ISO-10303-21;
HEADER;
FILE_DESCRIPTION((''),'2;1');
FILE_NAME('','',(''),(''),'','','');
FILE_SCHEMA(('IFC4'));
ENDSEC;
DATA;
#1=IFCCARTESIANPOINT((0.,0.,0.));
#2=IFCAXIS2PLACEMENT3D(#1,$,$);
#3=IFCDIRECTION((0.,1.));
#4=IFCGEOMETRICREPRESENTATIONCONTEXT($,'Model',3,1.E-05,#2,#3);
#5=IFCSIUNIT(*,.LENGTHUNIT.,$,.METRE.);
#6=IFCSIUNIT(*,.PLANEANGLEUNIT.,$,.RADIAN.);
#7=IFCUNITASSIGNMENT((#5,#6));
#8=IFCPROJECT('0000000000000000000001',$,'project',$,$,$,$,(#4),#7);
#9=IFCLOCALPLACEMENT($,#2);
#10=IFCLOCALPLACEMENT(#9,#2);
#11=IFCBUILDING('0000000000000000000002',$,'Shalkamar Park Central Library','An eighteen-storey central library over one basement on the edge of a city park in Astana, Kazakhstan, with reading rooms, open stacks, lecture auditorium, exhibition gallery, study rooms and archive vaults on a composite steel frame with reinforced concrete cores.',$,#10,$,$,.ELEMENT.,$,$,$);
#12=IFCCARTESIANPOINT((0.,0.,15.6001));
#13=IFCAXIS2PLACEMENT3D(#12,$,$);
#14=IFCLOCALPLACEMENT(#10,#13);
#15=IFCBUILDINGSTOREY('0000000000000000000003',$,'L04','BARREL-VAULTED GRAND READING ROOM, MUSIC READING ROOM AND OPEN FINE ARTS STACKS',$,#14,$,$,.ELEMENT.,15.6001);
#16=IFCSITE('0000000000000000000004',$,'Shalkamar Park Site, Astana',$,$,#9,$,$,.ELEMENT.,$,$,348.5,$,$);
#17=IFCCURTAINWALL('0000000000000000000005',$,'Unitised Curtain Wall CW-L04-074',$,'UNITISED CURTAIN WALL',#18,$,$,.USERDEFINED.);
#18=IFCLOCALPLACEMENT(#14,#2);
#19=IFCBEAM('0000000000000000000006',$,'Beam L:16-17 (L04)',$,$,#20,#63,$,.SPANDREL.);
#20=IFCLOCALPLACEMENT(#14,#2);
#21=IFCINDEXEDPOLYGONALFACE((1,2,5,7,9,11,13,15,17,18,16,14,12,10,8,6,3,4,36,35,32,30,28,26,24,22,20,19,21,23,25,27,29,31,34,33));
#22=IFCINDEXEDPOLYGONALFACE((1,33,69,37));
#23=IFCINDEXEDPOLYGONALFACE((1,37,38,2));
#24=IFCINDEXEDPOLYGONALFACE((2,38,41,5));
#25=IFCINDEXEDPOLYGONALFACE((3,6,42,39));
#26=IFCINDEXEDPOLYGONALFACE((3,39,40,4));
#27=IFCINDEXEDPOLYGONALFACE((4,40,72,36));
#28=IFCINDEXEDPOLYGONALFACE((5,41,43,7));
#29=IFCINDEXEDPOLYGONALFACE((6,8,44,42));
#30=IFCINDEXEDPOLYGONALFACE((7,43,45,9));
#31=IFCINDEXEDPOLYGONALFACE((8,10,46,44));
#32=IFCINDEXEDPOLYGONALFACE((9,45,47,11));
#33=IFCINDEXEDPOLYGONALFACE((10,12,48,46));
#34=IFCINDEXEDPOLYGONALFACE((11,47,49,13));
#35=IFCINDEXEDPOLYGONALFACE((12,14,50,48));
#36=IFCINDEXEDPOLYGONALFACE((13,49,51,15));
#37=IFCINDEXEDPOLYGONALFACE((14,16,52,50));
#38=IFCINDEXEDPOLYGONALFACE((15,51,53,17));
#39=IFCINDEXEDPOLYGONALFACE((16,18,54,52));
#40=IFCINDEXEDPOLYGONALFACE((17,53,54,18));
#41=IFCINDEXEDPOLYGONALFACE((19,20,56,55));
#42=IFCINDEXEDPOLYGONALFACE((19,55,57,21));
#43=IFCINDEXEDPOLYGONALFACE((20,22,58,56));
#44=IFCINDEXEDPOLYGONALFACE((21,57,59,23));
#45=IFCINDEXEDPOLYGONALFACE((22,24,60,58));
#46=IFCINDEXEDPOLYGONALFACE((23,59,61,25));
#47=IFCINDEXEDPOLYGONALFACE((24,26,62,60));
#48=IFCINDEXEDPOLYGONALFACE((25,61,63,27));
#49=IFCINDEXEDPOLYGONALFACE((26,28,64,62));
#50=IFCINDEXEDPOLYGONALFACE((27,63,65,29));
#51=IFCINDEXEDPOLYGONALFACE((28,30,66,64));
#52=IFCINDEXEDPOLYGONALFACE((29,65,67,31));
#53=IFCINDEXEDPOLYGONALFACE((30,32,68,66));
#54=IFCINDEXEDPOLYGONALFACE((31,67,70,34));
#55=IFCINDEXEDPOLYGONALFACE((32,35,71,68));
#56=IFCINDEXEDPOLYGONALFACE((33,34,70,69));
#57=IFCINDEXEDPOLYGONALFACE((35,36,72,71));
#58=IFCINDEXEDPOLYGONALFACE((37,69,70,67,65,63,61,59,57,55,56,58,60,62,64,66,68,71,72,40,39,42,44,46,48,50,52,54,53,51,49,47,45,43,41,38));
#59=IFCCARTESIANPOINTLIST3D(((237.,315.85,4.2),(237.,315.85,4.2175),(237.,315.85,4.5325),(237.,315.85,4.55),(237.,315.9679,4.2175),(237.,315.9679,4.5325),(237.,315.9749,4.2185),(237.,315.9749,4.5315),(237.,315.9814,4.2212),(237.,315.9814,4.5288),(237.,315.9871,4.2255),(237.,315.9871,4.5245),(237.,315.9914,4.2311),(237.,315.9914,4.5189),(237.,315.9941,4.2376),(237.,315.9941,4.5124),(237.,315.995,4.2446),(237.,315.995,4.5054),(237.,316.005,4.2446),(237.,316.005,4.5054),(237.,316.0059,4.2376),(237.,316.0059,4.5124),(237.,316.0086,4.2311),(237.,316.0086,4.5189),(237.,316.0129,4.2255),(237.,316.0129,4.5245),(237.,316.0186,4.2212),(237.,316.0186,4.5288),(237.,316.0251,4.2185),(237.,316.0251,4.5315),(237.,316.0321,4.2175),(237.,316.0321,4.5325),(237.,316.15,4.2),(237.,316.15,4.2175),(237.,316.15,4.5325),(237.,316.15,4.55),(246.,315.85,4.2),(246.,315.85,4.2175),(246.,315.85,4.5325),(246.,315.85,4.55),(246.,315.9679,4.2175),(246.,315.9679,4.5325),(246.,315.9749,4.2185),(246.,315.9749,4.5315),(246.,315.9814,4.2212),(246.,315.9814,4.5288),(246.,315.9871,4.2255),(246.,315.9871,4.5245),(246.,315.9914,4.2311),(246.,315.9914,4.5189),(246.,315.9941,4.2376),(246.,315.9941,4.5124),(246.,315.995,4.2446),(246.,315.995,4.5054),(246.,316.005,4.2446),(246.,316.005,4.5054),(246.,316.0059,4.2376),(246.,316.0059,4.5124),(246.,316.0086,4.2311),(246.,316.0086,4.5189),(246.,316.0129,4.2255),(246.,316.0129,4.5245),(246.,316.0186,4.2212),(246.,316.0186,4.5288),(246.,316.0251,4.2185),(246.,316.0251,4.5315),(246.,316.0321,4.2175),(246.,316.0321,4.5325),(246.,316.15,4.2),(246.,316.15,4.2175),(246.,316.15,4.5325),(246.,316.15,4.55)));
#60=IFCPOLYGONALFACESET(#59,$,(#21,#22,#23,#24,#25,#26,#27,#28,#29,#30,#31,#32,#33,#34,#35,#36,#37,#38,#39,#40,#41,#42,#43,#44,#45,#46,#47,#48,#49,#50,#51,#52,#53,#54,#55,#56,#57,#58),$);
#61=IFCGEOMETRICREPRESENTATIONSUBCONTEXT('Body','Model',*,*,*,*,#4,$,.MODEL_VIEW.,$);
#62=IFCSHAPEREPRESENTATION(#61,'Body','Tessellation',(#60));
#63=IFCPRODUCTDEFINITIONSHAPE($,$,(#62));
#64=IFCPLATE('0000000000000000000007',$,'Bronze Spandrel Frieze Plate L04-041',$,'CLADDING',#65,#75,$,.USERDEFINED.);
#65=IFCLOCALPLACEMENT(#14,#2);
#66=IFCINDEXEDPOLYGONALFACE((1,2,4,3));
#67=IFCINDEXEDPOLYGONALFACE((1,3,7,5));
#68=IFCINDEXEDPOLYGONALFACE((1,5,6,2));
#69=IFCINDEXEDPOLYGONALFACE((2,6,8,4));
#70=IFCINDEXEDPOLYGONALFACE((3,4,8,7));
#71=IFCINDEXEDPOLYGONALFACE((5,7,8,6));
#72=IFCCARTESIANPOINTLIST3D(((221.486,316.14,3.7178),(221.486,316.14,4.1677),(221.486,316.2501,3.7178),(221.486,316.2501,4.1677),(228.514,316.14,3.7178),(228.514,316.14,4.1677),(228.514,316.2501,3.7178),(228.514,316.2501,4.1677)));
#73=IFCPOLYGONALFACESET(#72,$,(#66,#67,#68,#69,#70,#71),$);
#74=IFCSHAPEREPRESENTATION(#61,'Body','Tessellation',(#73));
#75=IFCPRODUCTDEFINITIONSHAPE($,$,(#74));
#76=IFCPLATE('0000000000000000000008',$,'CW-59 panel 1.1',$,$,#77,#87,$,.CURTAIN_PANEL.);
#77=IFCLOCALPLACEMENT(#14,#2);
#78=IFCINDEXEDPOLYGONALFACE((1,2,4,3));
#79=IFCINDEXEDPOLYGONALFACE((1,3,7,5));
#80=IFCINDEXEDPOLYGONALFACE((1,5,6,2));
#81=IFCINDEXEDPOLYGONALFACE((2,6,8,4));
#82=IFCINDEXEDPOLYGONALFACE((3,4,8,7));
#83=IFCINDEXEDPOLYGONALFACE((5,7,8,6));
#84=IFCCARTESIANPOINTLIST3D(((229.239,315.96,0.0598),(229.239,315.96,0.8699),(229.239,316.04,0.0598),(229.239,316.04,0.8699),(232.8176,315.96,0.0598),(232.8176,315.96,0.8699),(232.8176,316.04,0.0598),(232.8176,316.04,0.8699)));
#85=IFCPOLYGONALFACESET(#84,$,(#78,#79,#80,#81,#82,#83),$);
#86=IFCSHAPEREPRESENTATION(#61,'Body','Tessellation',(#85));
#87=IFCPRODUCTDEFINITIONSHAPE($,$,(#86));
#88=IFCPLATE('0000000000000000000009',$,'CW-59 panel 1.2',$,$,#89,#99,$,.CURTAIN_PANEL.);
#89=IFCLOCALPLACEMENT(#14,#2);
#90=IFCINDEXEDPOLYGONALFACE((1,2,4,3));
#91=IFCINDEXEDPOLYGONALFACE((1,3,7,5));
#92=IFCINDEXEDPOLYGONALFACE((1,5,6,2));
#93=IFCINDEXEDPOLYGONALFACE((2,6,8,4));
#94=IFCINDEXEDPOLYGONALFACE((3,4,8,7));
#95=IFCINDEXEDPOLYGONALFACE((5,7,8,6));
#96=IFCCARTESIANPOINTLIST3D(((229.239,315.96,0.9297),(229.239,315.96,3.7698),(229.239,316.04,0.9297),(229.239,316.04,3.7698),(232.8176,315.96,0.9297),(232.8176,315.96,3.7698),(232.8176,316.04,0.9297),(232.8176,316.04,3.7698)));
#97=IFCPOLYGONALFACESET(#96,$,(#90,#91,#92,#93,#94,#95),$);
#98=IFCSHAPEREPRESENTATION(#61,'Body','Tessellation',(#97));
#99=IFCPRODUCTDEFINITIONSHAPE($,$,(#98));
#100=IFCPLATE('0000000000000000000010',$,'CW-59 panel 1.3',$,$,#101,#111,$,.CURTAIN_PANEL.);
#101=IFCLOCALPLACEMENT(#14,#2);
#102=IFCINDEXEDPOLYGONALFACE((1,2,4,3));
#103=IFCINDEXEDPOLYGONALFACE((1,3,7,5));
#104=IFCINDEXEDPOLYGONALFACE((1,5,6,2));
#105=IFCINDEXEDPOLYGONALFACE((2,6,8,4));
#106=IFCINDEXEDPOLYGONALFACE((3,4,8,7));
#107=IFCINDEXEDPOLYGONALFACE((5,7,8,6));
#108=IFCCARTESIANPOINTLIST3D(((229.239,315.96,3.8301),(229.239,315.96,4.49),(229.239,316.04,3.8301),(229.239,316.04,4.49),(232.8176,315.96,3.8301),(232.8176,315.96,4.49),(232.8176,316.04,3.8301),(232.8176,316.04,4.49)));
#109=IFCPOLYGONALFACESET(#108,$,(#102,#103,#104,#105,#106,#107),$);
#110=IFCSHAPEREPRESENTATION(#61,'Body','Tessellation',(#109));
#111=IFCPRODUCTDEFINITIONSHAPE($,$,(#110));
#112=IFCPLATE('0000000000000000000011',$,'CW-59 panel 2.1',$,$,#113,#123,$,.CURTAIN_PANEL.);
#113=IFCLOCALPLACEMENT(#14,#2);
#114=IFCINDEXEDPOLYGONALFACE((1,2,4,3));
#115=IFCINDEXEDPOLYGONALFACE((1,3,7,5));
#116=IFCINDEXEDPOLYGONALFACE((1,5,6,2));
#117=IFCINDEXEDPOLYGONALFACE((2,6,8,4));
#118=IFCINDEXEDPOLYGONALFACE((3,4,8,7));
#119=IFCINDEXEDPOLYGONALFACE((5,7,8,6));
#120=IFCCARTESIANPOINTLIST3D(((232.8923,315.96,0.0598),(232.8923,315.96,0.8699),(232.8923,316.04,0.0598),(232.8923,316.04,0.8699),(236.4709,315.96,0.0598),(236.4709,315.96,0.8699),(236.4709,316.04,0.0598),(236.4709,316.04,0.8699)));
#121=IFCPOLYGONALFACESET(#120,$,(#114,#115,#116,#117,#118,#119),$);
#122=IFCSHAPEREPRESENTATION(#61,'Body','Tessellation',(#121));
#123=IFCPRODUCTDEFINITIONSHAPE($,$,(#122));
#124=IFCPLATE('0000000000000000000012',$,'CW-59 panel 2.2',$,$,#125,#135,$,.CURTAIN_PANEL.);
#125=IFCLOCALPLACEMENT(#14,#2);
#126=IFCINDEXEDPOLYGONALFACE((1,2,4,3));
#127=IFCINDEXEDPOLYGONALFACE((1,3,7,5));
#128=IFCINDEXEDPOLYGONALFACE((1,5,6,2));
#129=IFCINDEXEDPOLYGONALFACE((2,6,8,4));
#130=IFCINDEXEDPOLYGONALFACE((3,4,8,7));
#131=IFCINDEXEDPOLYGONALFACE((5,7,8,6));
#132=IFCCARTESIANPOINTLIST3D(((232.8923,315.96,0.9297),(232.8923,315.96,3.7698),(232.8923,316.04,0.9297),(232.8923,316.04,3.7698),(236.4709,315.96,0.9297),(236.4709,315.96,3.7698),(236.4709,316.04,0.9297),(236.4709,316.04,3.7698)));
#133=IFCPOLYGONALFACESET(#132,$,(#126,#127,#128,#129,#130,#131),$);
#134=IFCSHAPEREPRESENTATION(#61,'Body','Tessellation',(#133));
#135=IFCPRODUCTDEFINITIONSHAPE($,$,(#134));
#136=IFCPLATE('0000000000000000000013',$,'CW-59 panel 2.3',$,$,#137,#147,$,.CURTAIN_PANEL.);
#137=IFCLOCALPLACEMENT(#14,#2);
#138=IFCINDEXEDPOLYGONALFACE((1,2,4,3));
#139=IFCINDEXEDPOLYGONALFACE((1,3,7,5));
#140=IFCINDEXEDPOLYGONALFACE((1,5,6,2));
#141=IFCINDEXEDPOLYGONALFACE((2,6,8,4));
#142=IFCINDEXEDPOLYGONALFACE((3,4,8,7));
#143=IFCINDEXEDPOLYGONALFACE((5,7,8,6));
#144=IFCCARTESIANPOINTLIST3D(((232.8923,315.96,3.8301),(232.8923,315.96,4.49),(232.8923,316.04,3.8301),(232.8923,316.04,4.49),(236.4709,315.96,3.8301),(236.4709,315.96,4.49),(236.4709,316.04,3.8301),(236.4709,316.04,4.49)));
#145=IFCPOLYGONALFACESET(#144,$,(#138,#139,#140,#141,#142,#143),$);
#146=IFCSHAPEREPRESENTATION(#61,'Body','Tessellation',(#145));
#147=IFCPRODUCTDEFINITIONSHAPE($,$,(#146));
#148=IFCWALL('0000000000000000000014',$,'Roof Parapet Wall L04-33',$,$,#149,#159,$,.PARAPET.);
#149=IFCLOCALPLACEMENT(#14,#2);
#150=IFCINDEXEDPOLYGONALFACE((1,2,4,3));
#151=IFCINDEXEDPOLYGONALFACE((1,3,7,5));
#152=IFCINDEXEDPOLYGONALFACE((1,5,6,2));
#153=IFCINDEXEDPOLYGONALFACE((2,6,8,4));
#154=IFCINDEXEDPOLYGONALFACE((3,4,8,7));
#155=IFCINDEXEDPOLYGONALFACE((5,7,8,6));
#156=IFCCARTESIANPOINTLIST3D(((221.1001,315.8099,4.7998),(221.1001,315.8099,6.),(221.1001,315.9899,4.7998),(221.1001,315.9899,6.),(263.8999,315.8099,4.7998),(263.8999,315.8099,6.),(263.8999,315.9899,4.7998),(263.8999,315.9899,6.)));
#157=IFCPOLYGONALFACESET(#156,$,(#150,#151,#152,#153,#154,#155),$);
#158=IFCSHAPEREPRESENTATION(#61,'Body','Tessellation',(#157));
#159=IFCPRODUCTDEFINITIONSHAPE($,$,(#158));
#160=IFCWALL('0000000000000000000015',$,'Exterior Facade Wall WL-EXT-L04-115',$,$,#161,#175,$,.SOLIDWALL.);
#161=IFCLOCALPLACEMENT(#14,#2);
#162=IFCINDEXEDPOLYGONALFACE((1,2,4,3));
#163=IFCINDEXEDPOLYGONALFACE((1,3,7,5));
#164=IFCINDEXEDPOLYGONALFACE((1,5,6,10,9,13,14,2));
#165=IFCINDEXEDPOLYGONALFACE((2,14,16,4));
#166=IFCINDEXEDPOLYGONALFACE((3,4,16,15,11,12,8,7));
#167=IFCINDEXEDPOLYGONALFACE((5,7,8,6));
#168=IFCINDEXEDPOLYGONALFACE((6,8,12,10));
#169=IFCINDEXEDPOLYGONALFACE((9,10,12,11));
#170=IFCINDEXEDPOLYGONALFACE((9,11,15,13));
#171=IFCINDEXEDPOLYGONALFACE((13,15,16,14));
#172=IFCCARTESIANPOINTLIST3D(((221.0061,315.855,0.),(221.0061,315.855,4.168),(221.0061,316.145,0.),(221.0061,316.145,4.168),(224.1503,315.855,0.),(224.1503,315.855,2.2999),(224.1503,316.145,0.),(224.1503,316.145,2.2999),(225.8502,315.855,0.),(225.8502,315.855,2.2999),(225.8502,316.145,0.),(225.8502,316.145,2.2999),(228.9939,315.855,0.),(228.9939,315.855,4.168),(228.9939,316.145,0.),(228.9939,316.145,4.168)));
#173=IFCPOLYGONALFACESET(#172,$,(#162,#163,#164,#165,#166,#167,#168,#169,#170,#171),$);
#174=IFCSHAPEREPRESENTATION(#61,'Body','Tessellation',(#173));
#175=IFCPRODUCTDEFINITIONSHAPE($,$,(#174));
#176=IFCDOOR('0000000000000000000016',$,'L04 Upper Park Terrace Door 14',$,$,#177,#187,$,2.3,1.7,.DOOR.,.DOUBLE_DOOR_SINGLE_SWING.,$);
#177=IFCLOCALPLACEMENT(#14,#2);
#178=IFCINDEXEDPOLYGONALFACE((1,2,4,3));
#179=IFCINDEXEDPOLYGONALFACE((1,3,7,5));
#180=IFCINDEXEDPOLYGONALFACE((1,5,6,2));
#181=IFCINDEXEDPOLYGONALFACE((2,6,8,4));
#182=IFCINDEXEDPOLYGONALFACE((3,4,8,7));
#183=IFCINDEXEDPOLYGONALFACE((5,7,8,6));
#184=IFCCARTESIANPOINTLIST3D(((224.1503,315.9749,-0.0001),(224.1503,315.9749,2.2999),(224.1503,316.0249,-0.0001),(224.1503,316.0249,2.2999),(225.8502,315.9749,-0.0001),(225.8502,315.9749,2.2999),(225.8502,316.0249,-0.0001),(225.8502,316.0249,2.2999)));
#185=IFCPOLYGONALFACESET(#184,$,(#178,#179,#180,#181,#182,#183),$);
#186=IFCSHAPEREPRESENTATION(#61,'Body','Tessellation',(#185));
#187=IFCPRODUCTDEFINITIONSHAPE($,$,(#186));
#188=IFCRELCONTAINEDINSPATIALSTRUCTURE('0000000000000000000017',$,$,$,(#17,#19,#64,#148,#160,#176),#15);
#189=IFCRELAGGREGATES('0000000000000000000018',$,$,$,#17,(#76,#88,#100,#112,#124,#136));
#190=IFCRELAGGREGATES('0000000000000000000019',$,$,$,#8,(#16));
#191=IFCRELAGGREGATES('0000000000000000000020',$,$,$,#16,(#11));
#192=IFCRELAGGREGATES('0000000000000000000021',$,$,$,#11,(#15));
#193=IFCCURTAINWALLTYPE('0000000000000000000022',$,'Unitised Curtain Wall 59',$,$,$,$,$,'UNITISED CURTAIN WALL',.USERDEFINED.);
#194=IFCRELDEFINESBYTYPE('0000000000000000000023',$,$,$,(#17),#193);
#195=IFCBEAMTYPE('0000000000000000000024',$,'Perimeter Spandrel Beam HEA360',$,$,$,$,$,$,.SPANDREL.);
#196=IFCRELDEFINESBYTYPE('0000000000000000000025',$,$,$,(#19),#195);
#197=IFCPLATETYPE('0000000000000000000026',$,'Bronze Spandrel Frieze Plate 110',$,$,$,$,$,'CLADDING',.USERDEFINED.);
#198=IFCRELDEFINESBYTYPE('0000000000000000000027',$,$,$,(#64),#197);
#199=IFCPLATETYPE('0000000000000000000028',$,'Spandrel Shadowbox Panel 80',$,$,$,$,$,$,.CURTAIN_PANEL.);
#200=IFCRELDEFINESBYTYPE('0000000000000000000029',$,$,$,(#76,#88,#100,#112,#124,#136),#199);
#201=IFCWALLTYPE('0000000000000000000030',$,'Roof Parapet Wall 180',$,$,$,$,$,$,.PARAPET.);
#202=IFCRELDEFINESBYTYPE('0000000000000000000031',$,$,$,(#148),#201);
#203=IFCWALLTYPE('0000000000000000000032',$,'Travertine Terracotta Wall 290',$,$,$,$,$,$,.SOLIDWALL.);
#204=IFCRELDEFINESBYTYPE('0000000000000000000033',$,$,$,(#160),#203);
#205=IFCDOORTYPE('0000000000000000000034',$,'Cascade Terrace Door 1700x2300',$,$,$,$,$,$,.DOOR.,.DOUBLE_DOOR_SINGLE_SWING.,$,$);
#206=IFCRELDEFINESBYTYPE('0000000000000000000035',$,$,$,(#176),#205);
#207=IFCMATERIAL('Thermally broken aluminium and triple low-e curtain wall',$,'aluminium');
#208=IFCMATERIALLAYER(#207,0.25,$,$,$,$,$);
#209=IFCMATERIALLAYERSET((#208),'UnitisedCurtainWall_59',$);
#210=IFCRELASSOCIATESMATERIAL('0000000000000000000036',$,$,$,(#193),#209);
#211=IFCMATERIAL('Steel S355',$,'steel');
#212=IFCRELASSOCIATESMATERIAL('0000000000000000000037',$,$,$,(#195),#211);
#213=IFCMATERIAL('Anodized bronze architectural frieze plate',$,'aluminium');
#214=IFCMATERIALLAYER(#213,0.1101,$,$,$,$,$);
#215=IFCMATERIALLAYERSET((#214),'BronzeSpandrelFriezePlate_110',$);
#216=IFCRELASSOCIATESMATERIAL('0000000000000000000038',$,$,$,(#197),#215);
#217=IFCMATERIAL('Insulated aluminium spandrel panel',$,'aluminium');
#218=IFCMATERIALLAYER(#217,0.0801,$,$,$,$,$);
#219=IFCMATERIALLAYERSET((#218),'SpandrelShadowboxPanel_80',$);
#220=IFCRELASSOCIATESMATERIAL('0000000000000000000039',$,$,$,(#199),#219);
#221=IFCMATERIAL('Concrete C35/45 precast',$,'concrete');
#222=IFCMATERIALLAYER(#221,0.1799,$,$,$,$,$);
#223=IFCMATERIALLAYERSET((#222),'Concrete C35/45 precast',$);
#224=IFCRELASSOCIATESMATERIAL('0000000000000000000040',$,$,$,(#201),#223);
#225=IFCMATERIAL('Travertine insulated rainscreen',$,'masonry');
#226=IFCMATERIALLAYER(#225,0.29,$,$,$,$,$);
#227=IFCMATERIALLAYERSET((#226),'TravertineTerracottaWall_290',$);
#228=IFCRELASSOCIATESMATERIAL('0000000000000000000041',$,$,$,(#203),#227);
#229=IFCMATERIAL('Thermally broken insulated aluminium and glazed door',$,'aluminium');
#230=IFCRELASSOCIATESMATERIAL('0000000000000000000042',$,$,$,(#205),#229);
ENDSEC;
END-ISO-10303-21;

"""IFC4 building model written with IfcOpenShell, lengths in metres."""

from ifc_helpers import new_model, si_unit, direction, frame, frame_2d, origin, origin_2d, place, context, subcontext, project, spatial, rectangle, i_section, extrude, material, layer, layer_set, material_profile, profile_set, type_object, element, fill, aggregate, save


model = new_model("IFC4")

# Units and contexts
model_context = context("Model", 3, precision=1e-05, world=origin(), true_north=direction((0.0, 1.0)))
body_context = subcontext(model_context, "Body", "Model", "MODEL_VIEW")
ifc_project = project(units=[si_unit("LENGTHUNIT", "METRE"), si_unit("PLANEANGLEUNIT", "RADIAN")], contexts=[model_context])

# Site, building, storey
site_placement = place(None, origin())
site = spatial("IfcSite", under=ifc_project, at=site_placement, Name="Shalkamar Park Site, Astana", CompositionType="ELEMENT", RefElevation=348.5)
building_placement = place(site_placement, origin())
building = spatial("IfcBuilding", under=site, at=building_placement, Name="Shalkamar Park Central Library", Description="An eighteen-storey central library over one basement on the edge of a city park in Astana, Kazakhstan, with reading rooms, open stacks, lecture auditorium, exhibition gallery, study rooms and archive vaults on a composite steel frame with reinforced concrete cores.", CompositionType="ELEMENT")
storey_placement = place(building_placement, frame((0.0, 0.0, 15.6001)))
storey = spatial("IfcBuildingStorey", under=building, at=storey_placement, Name="L04", Description="BARREL-VAULTED GRAND READING ROOM, MUSIC READING ROOM AND OPEN FINE ARTS STACKS", CompositionType="ELEMENT", Elevation=15.6001)

# Shared definitions
ifc_material_1 = material(Name="Steel S355", Category="steel")

# Curtain wall
ifc_material_2 = material(Name="Thermally broken aluminium and triple low-e curtain wall", Category="aluminium")
ifc_layer_1 = layer(ifc_material_2, 0.25)
ifc_layer_set_1 = layer_set([ifc_layer_1], Name="UnitisedCurtainWall_59")
curtain_wall_type_1 = type_object("IfcCurtainWallType", Name="Unitised Curtain Wall 59", ElementType="UNITISED CURTAIN WALL", PredefinedType="USERDEFINED", material=ifc_layer_set_1)
curtain_wall_1_placement = place(storey_placement, origin())
curtain_wall_1 = element("IfcCurtainWall", 1, at=curtain_wall_1_placement, inside=storey, type_object=curtain_wall_type_1, Name="Unitised Curtain Wall CW-L04-074", ObjectType="UNITISED CURTAIN WALL", PredefinedType="USERDEFINED")

# Beam
ifc_material_profile_1 = material_profile(ifc_material_1, i_section(OverallWidth=0.3, OverallDepth=0.3501, WebThickness=0.01, FlangeThickness=0.0176, FilletRadius=0.0271, at=origin_2d()), Name="HEA 360")
ifc_profile_set_1 = profile_set([ifc_material_profile_1], Name="Steel S355")
beam_type_1 = type_object("IfcBeamType", Name="Perimeter Spandrel Beam HEA360", PredefinedType="SPANDREL", material=ifc_profile_set_1)
beam_1_placement = place(storey_placement, frame((237.0, 316.0, 4.375), z_axis=(1.0, 0.0, 0.0), x_axis=(0.0, 1.0, 0.0)))
element("IfcBeam", 2, at=beam_1_placement, inside=storey, type_object=beam_type_1, Name="Beam L:16-17 (L04)", PredefinedType="SPANDREL", context=body_context, shape_type="SweptSolid", body=[
    extrude(i_section(OverallWidth=0.3, OverallDepth=0.3501, WebThickness=0.01, FlangeThickness=0.0176, FilletRadius=0.0271, at=origin_2d()), origin(), (0.0, 0.0, 1.0), 9.0),
])

# Plates
ifc_material_3 = material(Name="Anodized bronze architectural frieze plate", Category="aluminium")
ifc_layer_2 = layer(ifc_material_3, 0.1101)
ifc_layer_set_2 = layer_set([ifc_layer_2], Name="BronzeSpandrelFriezePlate_110")
plate_type_1 = type_object("IfcPlateType", Name="Bronze Spandrel Frieze Plate 110", ElementType="CLADDING", PredefinedType="USERDEFINED", material=ifc_layer_set_2)
plate_1_placement = place(storey_placement, frame((225.0, 316.1951, 3.7178), z_axis=(0.0, 0.0, 1.0), x_axis=(1.0, 0.0, 0.0)))
element("IfcPlate", 3, at=plate_1_placement, inside=storey, type_object=plate_type_1, Name="Bronze Spandrel Frieze Plate L04-041", ObjectType="CLADDING", PredefinedType="USERDEFINED", context=body_context, shape_type="SweptSolid", body=[
    extrude(rectangle(XDim=7.0281, YDim=0.1101, at=origin_2d()), origin(), (0.0, 0.0, 1.0), 0.45),
])
ifc_material_4 = material(Name="Insulated aluminium spandrel panel", Category="aluminium")
ifc_layer_3 = layer(ifc_material_4, 0.0801)
ifc_layer_set_3 = layer_set([ifc_layer_3], Name="SpandrelShadowboxPanel_80")
plate_type_2 = type_object("IfcPlateType", Name="Spandrel Shadowbox Panel 80", PredefinedType="CURTAIN_PANEL", material=ifc_layer_set_3)
plate_2_placement = place(storey_placement, frame((231.0283, 316.0, 0.0598), z_axis=(0.0, 0.0, 1.0), x_axis=(1.0, 0.0, 0.0)))
plate_2 = element("IfcPlate", 4, at=plate_2_placement, type_object=plate_type_2, Name="CW-59 panel 1.1", PredefinedType="CURTAIN_PANEL", context=body_context, shape_type="SweptSolid", body=[
    extrude(rectangle(XDim=3.5786, YDim=0.0801, at=origin_2d()), origin(), (0.0, 0.0, 1.0), 0.8101),
])
plate_3_placement = place(storey_placement, frame((231.0283, 316.0, 0.9297), z_axis=(0.0, 0.0, 1.0), x_axis=(1.0, 0.0, 0.0)))
plate_3 = element("IfcPlate", 5, at=plate_3_placement, type_object=plate_type_2, Name="CW-59 panel 1.2", PredefinedType="CURTAIN_PANEL", context=body_context, shape_type="SweptSolid", body=[
    extrude(rectangle(XDim=3.5786, YDim=0.0801, at=origin_2d()), origin(), (0.0, 0.0, 1.0), 2.8401),
])
plate_4_placement = place(storey_placement, frame((231.0283, 316.0, 3.8301), z_axis=(0.0, 0.0, 1.0), x_axis=(1.0, 0.0, 0.0)))
plate_4 = element("IfcPlate", 6, at=plate_4_placement, type_object=plate_type_2, Name="CW-59 panel 1.3", PredefinedType="CURTAIN_PANEL", context=body_context, shape_type="SweptSolid", body=[
    extrude(rectangle(XDim=3.5786, YDim=0.0801, at=origin_2d()), origin(), (0.0, 0.0, 1.0), 0.6599),
])
plate_5_placement = place(storey_placement, frame((234.6816, 316.0, 0.0598), z_axis=(0.0, 0.0, 1.0), x_axis=(1.0, 0.0, 0.0)))
plate_5 = element("IfcPlate", 7, at=plate_5_placement, type_object=plate_type_2, Name="CW-59 panel 2.1", PredefinedType="CURTAIN_PANEL", context=body_context, shape_type="SweptSolid", body=[
    extrude(rectangle(XDim=3.5786, YDim=0.0801, at=origin_2d()), origin(), (0.0, 0.0, 1.0), 0.8101),
])
plate_6_placement = place(storey_placement, frame((234.6816, 316.0, 0.9297), z_axis=(0.0, 0.0, 1.0), x_axis=(1.0, 0.0, 0.0)))
plate_6 = element("IfcPlate", 8, at=plate_6_placement, type_object=plate_type_2, Name="CW-59 panel 2.2", PredefinedType="CURTAIN_PANEL", context=body_context, shape_type="SweptSolid", body=[
    extrude(rectangle(XDim=3.5786, YDim=0.0801, at=origin_2d()), origin(), (0.0, 0.0, 1.0), 2.8401),
])
plate_7_placement = place(storey_placement, frame((234.6816, 316.0, 3.8301), z_axis=(0.0, 0.0, 1.0), x_axis=(1.0, 0.0, 0.0)))
plate_7 = element("IfcPlate", 9, at=plate_7_placement, type_object=plate_type_2, Name="CW-59 panel 2.3", PredefinedType="CURTAIN_PANEL", context=body_context, shape_type="SweptSolid", body=[
    extrude(rectangle(XDim=3.5786, YDim=0.0801, at=origin_2d()), origin(), (0.0, 0.0, 1.0), 0.6599),
])
aggregate(curtain_wall_1, [plate_2, plate_3, plate_4, plate_5, plate_6, plate_7])

# Wall
ifc_material_5 = material(Name="Concrete C35/45 precast", Category="concrete")
ifc_layer_4 = layer(ifc_material_5, 0.1799)
ifc_layer_set_4 = layer_set([ifc_layer_4], Name="Concrete C35/45 precast")
wall_type_1 = type_object("IfcWallType", Name="Roof Parapet Wall 180", PredefinedType="PARAPET", material=ifc_layer_set_4)
wall_1_placement = place(storey_placement, frame((221.1001, 315.8999, 4.7998), z_axis=(0.0, 0.0, 1.0), x_axis=(1.0, 0.0, 0.0)))
element("IfcWall", 10, at=wall_1_placement, inside=storey, type_object=wall_type_1, Name="Roof Parapet Wall L04-33", PredefinedType="PARAPET", context=body_context, shape_type="SweptSolid", body=[
    extrude(rectangle(XDim=42.7998, YDim=0.1799, at=frame_2d((21.3999, 0.0))), origin(), (0.0, 0.0, 1.0), 1.2002),
])

# Wall, opening, door
ifc_material_6 = material(Name="Travertine insulated rainscreen", Category="masonry")
ifc_layer_5 = layer(ifc_material_6, 0.29)
ifc_layer_set_5 = layer_set([ifc_layer_5], Name="TravertineTerracottaWall_290")
wall_type_2 = type_object("IfcWallType", Name="Travertine Terracotta Wall 290", PredefinedType="SOLIDWALL", material=ifc_layer_set_5)
wall_2_placement = place(storey_placement, frame((221.0061, 316.0, 0.0), z_axis=(0.0, 0.0, 1.0), x_axis=(1.0, 0.0, 0.0)))
wall_2 = element("IfcWall", 11, at=wall_2_placement, inside=storey, type_object=wall_type_2, Name="Exterior Facade Wall WL-EXT-L04-115", PredefinedType="SOLIDWALL", context=body_context, shape_type="SweptSolid", body=[
    extrude(rectangle(XDim=7.9878, YDim=0.29, at=frame_2d((3.9939, 0.0))), origin(), (0.0, 0.0, 1.0), 4.168),
])
opening_placement = place(wall_2_placement, frame((3.144, 0.0, 0.0)))
opening = element("IfcOpeningElement", 12, at=opening_placement, cuts=wall_2, PredefinedType="OPENING", context=body_context, shape_type="SweptSolid", body=[
    extrude(rectangle(XDim=1.7, YDim=2.3, at=frame_2d((0.8501, 1.1499))), frame((0.0, 0.1599, 0.0), z_axis=(0.0, -1.0, 0.0), x_axis=(1.0, 0.0, 0.0)), (0.0, 0.0, 1.0), 0.3198),
])
ifc_material_7 = material(Name="Thermally broken insulated aluminium and glazed door", Category="aluminium")
door_type = type_object("IfcDoorType", Name="Cascade Terrace Door 1700x2300", OperationType="DOUBLE_DOOR_SINGLE_SWING", PredefinedType="DOOR", material=ifc_material_7)
door_placement = place(opening_placement, origin())
door = element("IfcDoor", 13, at=door_placement, inside=storey, type_object=door_type, Name="L04 Upper Park Terrace Door 14", OperationType="DOUBLE_DOOR_SINGLE_SWING", OverallHeight=2.3, OverallWidth=1.7, PredefinedType="DOOR", context=body_context, shape_type="SweptSolid", body=[
    extrude(rectangle(XDim=1.7, YDim=2.3, at=frame_2d((0.8501, 1.1499))), frame((0.0, 0.0249, 0.0), z_axis=(0.0, -1.0, 0.0), x_axis=(1.0, 0.0, 0.0)), (0.0, 0.0, 1.0), 0.05),
])
fill(opening, door)

save(model, "model.ifc")
